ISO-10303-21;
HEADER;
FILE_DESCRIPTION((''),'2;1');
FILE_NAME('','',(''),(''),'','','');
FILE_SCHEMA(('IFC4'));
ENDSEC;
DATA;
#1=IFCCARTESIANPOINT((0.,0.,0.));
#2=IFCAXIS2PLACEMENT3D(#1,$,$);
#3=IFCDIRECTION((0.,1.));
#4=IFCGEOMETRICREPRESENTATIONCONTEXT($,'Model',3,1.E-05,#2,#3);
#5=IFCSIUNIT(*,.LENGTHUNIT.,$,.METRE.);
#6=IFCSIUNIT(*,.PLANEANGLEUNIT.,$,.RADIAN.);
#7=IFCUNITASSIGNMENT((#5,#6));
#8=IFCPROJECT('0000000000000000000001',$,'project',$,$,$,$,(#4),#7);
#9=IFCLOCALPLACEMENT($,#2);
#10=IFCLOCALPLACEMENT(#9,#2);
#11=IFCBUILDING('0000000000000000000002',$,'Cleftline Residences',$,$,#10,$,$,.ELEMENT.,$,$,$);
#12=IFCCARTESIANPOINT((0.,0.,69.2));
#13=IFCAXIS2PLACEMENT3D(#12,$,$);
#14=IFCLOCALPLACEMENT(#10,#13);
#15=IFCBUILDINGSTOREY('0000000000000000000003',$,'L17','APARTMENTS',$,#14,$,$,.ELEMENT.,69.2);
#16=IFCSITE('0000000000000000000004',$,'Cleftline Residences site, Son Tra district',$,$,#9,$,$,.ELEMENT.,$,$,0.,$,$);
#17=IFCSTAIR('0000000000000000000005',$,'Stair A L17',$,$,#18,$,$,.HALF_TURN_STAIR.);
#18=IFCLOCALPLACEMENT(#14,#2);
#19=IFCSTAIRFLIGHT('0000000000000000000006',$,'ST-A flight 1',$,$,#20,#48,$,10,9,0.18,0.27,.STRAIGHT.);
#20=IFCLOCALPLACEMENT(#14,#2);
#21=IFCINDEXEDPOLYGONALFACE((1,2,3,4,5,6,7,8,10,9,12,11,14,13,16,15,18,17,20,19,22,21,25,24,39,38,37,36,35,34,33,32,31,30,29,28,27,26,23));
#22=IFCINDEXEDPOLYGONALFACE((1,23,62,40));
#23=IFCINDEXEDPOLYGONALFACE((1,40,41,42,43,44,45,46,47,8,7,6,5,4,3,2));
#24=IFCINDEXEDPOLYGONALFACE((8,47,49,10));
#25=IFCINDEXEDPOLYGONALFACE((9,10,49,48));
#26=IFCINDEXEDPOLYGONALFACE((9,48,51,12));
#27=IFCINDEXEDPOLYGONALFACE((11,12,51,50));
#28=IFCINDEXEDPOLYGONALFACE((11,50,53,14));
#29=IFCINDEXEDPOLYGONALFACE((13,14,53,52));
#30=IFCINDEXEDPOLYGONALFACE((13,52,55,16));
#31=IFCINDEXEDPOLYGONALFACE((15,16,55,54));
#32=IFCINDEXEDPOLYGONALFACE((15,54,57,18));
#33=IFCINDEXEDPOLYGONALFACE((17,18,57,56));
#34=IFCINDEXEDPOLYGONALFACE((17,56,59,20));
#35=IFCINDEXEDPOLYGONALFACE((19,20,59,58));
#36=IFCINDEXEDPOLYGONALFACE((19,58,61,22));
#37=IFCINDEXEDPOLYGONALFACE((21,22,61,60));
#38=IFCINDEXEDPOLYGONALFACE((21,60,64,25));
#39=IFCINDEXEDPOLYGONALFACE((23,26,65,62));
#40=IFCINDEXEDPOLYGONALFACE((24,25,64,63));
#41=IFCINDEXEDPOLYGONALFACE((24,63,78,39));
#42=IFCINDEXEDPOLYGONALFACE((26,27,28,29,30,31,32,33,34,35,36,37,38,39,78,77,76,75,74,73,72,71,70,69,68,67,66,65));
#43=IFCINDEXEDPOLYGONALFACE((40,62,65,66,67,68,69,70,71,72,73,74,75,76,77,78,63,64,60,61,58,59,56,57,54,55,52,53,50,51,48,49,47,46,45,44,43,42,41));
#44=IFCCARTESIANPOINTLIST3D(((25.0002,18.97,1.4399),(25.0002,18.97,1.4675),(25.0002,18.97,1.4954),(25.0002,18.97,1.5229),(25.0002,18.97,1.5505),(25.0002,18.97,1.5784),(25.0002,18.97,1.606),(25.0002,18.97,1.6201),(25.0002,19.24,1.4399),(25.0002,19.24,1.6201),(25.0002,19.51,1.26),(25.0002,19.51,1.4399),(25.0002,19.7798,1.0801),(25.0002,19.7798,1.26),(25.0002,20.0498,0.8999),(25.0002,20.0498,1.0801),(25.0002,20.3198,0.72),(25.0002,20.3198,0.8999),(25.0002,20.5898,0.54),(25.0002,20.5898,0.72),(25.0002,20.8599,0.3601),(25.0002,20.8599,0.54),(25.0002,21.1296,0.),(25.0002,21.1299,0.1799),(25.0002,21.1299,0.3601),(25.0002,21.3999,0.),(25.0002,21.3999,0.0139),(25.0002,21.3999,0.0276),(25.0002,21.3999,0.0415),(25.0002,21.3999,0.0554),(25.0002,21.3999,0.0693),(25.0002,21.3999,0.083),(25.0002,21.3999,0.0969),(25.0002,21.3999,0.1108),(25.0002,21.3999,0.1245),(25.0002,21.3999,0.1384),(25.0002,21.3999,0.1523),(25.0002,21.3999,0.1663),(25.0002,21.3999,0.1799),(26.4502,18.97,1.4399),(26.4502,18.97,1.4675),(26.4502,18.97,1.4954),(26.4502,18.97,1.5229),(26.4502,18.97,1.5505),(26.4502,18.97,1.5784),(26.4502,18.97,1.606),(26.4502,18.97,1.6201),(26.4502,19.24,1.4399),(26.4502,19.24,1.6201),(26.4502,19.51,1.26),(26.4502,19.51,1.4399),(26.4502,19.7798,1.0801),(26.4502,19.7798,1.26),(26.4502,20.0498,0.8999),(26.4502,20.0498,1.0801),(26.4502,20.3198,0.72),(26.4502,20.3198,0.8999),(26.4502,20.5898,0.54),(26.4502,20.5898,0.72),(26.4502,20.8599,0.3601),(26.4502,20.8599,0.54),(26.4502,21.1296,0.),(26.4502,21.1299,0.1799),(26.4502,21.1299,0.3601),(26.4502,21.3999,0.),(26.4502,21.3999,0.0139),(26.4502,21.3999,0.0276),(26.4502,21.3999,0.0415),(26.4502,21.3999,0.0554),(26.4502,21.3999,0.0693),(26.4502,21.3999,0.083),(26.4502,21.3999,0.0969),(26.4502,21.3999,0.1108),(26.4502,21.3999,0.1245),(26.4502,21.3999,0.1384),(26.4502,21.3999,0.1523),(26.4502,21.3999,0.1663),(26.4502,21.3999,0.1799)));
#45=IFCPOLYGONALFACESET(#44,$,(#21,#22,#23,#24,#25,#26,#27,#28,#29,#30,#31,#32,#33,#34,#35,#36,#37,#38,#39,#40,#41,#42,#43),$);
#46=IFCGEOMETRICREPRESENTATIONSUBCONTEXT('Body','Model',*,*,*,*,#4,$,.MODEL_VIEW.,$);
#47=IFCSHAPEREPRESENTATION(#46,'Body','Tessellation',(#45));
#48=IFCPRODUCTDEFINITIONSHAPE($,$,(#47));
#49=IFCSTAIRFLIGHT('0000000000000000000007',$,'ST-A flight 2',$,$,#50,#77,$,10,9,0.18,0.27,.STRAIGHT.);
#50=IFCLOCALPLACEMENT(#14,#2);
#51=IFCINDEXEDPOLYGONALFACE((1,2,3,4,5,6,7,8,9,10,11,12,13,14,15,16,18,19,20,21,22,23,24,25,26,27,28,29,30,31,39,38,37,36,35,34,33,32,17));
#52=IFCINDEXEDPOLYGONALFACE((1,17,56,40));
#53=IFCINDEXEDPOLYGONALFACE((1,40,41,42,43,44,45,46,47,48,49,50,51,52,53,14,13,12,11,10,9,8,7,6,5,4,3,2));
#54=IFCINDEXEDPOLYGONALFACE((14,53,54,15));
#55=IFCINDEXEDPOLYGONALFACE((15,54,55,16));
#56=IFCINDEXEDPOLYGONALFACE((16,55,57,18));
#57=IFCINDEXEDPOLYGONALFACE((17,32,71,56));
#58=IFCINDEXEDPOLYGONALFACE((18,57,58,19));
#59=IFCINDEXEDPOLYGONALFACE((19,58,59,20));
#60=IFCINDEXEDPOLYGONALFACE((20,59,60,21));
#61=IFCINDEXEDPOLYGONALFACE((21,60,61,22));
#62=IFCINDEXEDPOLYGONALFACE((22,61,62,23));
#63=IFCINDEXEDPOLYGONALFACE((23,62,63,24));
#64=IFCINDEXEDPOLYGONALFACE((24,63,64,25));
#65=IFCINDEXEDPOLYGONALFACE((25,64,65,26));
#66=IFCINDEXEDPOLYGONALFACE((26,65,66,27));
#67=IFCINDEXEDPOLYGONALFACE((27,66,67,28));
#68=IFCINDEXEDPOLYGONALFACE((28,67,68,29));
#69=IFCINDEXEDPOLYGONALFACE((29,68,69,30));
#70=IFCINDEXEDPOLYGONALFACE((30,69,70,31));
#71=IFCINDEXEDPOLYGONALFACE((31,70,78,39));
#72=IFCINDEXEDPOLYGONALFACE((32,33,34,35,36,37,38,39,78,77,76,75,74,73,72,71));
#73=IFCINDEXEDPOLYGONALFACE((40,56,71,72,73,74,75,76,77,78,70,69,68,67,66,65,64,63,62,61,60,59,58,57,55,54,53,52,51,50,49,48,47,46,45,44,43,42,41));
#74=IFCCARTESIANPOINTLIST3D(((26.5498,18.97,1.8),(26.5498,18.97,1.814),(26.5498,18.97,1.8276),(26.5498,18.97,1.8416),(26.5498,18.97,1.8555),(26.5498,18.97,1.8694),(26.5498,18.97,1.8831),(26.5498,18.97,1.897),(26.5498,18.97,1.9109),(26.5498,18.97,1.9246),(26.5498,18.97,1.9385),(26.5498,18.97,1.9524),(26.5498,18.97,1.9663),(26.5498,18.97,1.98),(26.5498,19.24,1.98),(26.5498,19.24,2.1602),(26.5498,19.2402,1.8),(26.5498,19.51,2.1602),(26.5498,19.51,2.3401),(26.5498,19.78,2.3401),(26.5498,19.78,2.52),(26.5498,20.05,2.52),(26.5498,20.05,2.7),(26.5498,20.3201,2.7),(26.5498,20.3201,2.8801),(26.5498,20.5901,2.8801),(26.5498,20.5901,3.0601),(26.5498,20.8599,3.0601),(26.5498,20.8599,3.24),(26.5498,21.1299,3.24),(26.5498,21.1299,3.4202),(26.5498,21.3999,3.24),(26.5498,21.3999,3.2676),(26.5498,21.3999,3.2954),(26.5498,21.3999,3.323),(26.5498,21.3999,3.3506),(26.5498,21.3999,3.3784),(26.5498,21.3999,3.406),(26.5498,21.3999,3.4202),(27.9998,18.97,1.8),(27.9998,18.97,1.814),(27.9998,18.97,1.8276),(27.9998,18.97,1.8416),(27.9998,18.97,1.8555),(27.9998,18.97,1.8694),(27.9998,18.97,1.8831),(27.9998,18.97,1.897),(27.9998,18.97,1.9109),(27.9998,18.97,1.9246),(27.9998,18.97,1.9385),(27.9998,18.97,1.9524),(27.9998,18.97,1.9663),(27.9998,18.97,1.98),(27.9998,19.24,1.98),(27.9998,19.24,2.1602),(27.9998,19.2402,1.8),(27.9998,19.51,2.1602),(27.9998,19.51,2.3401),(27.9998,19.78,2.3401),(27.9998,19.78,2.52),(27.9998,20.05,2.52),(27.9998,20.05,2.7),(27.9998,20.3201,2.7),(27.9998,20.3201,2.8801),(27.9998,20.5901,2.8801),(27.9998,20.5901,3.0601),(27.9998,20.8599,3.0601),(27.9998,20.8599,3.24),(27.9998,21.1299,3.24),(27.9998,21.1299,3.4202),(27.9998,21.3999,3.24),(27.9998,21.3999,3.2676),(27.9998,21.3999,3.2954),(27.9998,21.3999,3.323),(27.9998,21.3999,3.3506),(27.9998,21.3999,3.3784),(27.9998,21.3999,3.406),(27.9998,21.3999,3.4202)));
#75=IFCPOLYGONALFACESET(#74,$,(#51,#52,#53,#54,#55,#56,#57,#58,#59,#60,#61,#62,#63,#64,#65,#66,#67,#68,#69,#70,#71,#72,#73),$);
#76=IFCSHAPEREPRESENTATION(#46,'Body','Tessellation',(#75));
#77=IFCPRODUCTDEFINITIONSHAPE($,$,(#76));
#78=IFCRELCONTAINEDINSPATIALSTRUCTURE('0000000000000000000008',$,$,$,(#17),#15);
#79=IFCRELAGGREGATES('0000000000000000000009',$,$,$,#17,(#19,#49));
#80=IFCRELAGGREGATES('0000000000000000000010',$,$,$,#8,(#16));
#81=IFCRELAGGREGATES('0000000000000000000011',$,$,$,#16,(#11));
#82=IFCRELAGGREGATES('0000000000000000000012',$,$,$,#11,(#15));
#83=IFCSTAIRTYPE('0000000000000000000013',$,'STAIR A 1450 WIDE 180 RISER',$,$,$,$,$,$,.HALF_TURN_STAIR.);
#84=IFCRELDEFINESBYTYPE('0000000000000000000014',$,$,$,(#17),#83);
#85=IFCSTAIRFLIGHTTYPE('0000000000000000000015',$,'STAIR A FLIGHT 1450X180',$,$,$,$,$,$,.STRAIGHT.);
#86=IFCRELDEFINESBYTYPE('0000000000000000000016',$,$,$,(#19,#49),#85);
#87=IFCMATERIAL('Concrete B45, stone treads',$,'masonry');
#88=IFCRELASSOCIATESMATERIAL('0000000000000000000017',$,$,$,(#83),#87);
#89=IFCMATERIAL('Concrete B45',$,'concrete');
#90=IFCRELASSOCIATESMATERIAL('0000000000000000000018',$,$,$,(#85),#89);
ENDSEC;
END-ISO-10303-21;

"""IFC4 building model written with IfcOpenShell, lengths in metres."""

from ifc_helpers import new_model, si_unit, direction, frame, origin, place, context, subcontext, project, spatial, polyline, outline, extrude, material, type_object, element, aggregate, save


model = new_model("IFC4")

# Units and contexts
model_context = context("Model", 3, precision=1e-05, world=origin(), true_north=direction((0.0, 1.0)))
body_context = subcontext(model_context, "Body", "Model", "MODEL_VIEW")
ifc_project = project(units=[si_unit("LENGTHUNIT", "METRE"), si_unit("PLANEANGLEUNIT", "RADIAN")], contexts=[model_context])

# Site, building, storey
site_placement = place(None, origin())
site = spatial("IfcSite", under=ifc_project, at=site_placement, Name="Cleftline Residences site, Son Tra district", CompositionType="ELEMENT", RefElevation=0.0)
building_placement = place(site_placement, origin())
building = spatial("IfcBuilding", under=site, at=building_placement, Name="Cleftline Residences", CompositionType="ELEMENT")
storey_placement = place(building_placement, frame((0.0, 0.0, 69.2)))
storey = spatial("IfcBuildingStorey", under=building, at=storey_placement, Name="L17", Description="APARTMENTS", CompositionType="ELEMENT", Elevation=69.2)

# Stair, stair flights
ifc_material_1 = material(Name="Concrete B45, stone treads", Category="masonry")
stair_type = type_object("IfcStairType", Name="STAIR A 1450 WIDE 180 RISER", PredefinedType="HALF_TURN_STAIR", material=ifc_material_1)
stair_placement = place(storey_placement, origin())
stair = element("IfcStair", 1, at=stair_placement, inside=storey, type_object=stair_type, Name="Stair A L17", PredefinedType="HALF_TURN_STAIR")
ifc_material_2 = material(Name="Concrete B45", Category="concrete")
stair_flight_type = type_object("IfcStairFlightType", Name="STAIR A FLIGHT 1450X180", PredefinedType="STRAIGHT", material=ifc_material_2)
stair_flight_1_placement = place(storey_placement, frame((25.7251, 21.3999, 0.0), z_axis=(0.0, 0.0, 1.0), x_axis=(0.0, -1.0, 0.0)))
stair_flight_1 = element("IfcStairFlight", 2, at=stair_flight_1_placement, type_object=stair_flight_type, Name="ST-A flight 1", NumberOfRisers=10, NumberOfTreads=9, PredefinedType="STRAIGHT", RiserHeight=0.18, TreadLength=0.27, context=body_context, shape_type="SweptSolid", body=[
    extrude(outline(polyline([(0.0, 0.0), (0.0, 0.0139), (0.0, 0.0276), (0.0, 0.0415), (0.0, 0.0554), (0.0, 0.0693), (0.0, 0.083), (0.0, 0.0969), (0.0, 0.1108), (0.0, 0.1245), (0.0, 0.1384), (0.0, 0.1523), (0.0, 0.1663), (0.0, 0.1799), (0.27, 0.1799), (0.27, 0.3601), (0.54, 0.3601), (0.54, 0.54), (0.8101, 0.54), (0.8101, 0.72), (1.0801, 0.72), (1.0801, 0.8999), (1.3501, 0.8999), (1.3501, 1.0801), (1.6201, 1.0801), (1.6201, 1.26), (1.8899, 1.26), (1.8899, 1.4399), (2.1599, 1.4399), (2.1599, 1.6201), (2.4299, 1.6201), (2.4299, 1.8), (2.4299, 1.7722), (2.4299, 1.7446), (2.4299, 1.7168), (2.4299, 1.6892), (2.4299, 1.6614), (2.4299, 1.6338), (2.4299, 1.606), (2.4299, 1.5784), (2.4299, 1.5505), (2.4299, 1.5229), (2.4299, 1.4954), (2.4299, 1.4675), (2.4299, 1.4399), (0.2703, 0.0), (0.0, 0.0)])), frame((0.0, 0.7251, 0.0), z_axis=(0.0, -1.0, 0.0), x_axis=(1.0, 0.0, 0.0)), (0.0, 0.0, 1.0), 1.45),
])
stair_flight_2_placement = place(storey_placement, frame((27.2749, 18.97, 1.8), z_axis=(0.0, 0.0, 1.0), x_axis=(0.0, 1.0, 0.0)))
stair_flight_2 = element("IfcStairFlight", 3, at=stair_flight_2_placement, type_object=stair_flight_type, Name="ST-A flight 2", NumberOfRisers=10, NumberOfTreads=9, PredefinedType="STRAIGHT", RiserHeight=0.18, TreadLength=0.27, context=body_context, shape_type="SweptSolid", body=[
    extrude(outline(polyline([(0.0, 0.0), (0.0, 0.0139), (0.0, 0.0276), (0.0, 0.0415), (0.0, 0.0554), (0.0, 0.0693), (0.0, 0.083), (0.0, 0.0969), (0.0, 0.1108), (0.0, 0.1245), (0.0, 0.1384), (0.0, 0.1523), (0.0, 0.1663), (0.0, 0.1799), (0.27, 0.1799), (0.27, 0.3601), (0.54, 0.3601), (0.54, 0.54), (0.8101, 0.54), (0.8101, 0.72), (1.0801, 0.72), (1.0801, 0.8999), (1.3501, 0.8999), (1.3501, 1.0801), (1.6201, 1.0801), (1.6201, 1.26), (1.8899, 1.26), (1.8899, 1.4399), (2.1599, 1.4399), (2.1599, 1.6201), (2.4299, 1.6201), (2.4299, 1.8), (2.4299, 1.7722), (2.4299, 1.7446), (2.4299, 1.7168), (2.4299, 1.6892), (2.4299, 1.6614), (2.4299, 1.6338), (2.4299, 1.606), (2.4299, 1.5784), (2.4299, 1.5505), (2.4299, 1.5229), (2.4299, 1.4954), (2.4299, 1.4675), (2.4299, 1.4399), (0.2703, 0.0), (0.0, 0.0)])), frame((0.0, 0.7251, 0.0), z_axis=(0.0, -1.0, 0.0), x_axis=(1.0, 0.0, 0.0)), (0.0, 0.0, 1.0), 1.45),
])
aggregate(stair, [stair_flight_1, stair_flight_2])

save(model, "model.ifc")
